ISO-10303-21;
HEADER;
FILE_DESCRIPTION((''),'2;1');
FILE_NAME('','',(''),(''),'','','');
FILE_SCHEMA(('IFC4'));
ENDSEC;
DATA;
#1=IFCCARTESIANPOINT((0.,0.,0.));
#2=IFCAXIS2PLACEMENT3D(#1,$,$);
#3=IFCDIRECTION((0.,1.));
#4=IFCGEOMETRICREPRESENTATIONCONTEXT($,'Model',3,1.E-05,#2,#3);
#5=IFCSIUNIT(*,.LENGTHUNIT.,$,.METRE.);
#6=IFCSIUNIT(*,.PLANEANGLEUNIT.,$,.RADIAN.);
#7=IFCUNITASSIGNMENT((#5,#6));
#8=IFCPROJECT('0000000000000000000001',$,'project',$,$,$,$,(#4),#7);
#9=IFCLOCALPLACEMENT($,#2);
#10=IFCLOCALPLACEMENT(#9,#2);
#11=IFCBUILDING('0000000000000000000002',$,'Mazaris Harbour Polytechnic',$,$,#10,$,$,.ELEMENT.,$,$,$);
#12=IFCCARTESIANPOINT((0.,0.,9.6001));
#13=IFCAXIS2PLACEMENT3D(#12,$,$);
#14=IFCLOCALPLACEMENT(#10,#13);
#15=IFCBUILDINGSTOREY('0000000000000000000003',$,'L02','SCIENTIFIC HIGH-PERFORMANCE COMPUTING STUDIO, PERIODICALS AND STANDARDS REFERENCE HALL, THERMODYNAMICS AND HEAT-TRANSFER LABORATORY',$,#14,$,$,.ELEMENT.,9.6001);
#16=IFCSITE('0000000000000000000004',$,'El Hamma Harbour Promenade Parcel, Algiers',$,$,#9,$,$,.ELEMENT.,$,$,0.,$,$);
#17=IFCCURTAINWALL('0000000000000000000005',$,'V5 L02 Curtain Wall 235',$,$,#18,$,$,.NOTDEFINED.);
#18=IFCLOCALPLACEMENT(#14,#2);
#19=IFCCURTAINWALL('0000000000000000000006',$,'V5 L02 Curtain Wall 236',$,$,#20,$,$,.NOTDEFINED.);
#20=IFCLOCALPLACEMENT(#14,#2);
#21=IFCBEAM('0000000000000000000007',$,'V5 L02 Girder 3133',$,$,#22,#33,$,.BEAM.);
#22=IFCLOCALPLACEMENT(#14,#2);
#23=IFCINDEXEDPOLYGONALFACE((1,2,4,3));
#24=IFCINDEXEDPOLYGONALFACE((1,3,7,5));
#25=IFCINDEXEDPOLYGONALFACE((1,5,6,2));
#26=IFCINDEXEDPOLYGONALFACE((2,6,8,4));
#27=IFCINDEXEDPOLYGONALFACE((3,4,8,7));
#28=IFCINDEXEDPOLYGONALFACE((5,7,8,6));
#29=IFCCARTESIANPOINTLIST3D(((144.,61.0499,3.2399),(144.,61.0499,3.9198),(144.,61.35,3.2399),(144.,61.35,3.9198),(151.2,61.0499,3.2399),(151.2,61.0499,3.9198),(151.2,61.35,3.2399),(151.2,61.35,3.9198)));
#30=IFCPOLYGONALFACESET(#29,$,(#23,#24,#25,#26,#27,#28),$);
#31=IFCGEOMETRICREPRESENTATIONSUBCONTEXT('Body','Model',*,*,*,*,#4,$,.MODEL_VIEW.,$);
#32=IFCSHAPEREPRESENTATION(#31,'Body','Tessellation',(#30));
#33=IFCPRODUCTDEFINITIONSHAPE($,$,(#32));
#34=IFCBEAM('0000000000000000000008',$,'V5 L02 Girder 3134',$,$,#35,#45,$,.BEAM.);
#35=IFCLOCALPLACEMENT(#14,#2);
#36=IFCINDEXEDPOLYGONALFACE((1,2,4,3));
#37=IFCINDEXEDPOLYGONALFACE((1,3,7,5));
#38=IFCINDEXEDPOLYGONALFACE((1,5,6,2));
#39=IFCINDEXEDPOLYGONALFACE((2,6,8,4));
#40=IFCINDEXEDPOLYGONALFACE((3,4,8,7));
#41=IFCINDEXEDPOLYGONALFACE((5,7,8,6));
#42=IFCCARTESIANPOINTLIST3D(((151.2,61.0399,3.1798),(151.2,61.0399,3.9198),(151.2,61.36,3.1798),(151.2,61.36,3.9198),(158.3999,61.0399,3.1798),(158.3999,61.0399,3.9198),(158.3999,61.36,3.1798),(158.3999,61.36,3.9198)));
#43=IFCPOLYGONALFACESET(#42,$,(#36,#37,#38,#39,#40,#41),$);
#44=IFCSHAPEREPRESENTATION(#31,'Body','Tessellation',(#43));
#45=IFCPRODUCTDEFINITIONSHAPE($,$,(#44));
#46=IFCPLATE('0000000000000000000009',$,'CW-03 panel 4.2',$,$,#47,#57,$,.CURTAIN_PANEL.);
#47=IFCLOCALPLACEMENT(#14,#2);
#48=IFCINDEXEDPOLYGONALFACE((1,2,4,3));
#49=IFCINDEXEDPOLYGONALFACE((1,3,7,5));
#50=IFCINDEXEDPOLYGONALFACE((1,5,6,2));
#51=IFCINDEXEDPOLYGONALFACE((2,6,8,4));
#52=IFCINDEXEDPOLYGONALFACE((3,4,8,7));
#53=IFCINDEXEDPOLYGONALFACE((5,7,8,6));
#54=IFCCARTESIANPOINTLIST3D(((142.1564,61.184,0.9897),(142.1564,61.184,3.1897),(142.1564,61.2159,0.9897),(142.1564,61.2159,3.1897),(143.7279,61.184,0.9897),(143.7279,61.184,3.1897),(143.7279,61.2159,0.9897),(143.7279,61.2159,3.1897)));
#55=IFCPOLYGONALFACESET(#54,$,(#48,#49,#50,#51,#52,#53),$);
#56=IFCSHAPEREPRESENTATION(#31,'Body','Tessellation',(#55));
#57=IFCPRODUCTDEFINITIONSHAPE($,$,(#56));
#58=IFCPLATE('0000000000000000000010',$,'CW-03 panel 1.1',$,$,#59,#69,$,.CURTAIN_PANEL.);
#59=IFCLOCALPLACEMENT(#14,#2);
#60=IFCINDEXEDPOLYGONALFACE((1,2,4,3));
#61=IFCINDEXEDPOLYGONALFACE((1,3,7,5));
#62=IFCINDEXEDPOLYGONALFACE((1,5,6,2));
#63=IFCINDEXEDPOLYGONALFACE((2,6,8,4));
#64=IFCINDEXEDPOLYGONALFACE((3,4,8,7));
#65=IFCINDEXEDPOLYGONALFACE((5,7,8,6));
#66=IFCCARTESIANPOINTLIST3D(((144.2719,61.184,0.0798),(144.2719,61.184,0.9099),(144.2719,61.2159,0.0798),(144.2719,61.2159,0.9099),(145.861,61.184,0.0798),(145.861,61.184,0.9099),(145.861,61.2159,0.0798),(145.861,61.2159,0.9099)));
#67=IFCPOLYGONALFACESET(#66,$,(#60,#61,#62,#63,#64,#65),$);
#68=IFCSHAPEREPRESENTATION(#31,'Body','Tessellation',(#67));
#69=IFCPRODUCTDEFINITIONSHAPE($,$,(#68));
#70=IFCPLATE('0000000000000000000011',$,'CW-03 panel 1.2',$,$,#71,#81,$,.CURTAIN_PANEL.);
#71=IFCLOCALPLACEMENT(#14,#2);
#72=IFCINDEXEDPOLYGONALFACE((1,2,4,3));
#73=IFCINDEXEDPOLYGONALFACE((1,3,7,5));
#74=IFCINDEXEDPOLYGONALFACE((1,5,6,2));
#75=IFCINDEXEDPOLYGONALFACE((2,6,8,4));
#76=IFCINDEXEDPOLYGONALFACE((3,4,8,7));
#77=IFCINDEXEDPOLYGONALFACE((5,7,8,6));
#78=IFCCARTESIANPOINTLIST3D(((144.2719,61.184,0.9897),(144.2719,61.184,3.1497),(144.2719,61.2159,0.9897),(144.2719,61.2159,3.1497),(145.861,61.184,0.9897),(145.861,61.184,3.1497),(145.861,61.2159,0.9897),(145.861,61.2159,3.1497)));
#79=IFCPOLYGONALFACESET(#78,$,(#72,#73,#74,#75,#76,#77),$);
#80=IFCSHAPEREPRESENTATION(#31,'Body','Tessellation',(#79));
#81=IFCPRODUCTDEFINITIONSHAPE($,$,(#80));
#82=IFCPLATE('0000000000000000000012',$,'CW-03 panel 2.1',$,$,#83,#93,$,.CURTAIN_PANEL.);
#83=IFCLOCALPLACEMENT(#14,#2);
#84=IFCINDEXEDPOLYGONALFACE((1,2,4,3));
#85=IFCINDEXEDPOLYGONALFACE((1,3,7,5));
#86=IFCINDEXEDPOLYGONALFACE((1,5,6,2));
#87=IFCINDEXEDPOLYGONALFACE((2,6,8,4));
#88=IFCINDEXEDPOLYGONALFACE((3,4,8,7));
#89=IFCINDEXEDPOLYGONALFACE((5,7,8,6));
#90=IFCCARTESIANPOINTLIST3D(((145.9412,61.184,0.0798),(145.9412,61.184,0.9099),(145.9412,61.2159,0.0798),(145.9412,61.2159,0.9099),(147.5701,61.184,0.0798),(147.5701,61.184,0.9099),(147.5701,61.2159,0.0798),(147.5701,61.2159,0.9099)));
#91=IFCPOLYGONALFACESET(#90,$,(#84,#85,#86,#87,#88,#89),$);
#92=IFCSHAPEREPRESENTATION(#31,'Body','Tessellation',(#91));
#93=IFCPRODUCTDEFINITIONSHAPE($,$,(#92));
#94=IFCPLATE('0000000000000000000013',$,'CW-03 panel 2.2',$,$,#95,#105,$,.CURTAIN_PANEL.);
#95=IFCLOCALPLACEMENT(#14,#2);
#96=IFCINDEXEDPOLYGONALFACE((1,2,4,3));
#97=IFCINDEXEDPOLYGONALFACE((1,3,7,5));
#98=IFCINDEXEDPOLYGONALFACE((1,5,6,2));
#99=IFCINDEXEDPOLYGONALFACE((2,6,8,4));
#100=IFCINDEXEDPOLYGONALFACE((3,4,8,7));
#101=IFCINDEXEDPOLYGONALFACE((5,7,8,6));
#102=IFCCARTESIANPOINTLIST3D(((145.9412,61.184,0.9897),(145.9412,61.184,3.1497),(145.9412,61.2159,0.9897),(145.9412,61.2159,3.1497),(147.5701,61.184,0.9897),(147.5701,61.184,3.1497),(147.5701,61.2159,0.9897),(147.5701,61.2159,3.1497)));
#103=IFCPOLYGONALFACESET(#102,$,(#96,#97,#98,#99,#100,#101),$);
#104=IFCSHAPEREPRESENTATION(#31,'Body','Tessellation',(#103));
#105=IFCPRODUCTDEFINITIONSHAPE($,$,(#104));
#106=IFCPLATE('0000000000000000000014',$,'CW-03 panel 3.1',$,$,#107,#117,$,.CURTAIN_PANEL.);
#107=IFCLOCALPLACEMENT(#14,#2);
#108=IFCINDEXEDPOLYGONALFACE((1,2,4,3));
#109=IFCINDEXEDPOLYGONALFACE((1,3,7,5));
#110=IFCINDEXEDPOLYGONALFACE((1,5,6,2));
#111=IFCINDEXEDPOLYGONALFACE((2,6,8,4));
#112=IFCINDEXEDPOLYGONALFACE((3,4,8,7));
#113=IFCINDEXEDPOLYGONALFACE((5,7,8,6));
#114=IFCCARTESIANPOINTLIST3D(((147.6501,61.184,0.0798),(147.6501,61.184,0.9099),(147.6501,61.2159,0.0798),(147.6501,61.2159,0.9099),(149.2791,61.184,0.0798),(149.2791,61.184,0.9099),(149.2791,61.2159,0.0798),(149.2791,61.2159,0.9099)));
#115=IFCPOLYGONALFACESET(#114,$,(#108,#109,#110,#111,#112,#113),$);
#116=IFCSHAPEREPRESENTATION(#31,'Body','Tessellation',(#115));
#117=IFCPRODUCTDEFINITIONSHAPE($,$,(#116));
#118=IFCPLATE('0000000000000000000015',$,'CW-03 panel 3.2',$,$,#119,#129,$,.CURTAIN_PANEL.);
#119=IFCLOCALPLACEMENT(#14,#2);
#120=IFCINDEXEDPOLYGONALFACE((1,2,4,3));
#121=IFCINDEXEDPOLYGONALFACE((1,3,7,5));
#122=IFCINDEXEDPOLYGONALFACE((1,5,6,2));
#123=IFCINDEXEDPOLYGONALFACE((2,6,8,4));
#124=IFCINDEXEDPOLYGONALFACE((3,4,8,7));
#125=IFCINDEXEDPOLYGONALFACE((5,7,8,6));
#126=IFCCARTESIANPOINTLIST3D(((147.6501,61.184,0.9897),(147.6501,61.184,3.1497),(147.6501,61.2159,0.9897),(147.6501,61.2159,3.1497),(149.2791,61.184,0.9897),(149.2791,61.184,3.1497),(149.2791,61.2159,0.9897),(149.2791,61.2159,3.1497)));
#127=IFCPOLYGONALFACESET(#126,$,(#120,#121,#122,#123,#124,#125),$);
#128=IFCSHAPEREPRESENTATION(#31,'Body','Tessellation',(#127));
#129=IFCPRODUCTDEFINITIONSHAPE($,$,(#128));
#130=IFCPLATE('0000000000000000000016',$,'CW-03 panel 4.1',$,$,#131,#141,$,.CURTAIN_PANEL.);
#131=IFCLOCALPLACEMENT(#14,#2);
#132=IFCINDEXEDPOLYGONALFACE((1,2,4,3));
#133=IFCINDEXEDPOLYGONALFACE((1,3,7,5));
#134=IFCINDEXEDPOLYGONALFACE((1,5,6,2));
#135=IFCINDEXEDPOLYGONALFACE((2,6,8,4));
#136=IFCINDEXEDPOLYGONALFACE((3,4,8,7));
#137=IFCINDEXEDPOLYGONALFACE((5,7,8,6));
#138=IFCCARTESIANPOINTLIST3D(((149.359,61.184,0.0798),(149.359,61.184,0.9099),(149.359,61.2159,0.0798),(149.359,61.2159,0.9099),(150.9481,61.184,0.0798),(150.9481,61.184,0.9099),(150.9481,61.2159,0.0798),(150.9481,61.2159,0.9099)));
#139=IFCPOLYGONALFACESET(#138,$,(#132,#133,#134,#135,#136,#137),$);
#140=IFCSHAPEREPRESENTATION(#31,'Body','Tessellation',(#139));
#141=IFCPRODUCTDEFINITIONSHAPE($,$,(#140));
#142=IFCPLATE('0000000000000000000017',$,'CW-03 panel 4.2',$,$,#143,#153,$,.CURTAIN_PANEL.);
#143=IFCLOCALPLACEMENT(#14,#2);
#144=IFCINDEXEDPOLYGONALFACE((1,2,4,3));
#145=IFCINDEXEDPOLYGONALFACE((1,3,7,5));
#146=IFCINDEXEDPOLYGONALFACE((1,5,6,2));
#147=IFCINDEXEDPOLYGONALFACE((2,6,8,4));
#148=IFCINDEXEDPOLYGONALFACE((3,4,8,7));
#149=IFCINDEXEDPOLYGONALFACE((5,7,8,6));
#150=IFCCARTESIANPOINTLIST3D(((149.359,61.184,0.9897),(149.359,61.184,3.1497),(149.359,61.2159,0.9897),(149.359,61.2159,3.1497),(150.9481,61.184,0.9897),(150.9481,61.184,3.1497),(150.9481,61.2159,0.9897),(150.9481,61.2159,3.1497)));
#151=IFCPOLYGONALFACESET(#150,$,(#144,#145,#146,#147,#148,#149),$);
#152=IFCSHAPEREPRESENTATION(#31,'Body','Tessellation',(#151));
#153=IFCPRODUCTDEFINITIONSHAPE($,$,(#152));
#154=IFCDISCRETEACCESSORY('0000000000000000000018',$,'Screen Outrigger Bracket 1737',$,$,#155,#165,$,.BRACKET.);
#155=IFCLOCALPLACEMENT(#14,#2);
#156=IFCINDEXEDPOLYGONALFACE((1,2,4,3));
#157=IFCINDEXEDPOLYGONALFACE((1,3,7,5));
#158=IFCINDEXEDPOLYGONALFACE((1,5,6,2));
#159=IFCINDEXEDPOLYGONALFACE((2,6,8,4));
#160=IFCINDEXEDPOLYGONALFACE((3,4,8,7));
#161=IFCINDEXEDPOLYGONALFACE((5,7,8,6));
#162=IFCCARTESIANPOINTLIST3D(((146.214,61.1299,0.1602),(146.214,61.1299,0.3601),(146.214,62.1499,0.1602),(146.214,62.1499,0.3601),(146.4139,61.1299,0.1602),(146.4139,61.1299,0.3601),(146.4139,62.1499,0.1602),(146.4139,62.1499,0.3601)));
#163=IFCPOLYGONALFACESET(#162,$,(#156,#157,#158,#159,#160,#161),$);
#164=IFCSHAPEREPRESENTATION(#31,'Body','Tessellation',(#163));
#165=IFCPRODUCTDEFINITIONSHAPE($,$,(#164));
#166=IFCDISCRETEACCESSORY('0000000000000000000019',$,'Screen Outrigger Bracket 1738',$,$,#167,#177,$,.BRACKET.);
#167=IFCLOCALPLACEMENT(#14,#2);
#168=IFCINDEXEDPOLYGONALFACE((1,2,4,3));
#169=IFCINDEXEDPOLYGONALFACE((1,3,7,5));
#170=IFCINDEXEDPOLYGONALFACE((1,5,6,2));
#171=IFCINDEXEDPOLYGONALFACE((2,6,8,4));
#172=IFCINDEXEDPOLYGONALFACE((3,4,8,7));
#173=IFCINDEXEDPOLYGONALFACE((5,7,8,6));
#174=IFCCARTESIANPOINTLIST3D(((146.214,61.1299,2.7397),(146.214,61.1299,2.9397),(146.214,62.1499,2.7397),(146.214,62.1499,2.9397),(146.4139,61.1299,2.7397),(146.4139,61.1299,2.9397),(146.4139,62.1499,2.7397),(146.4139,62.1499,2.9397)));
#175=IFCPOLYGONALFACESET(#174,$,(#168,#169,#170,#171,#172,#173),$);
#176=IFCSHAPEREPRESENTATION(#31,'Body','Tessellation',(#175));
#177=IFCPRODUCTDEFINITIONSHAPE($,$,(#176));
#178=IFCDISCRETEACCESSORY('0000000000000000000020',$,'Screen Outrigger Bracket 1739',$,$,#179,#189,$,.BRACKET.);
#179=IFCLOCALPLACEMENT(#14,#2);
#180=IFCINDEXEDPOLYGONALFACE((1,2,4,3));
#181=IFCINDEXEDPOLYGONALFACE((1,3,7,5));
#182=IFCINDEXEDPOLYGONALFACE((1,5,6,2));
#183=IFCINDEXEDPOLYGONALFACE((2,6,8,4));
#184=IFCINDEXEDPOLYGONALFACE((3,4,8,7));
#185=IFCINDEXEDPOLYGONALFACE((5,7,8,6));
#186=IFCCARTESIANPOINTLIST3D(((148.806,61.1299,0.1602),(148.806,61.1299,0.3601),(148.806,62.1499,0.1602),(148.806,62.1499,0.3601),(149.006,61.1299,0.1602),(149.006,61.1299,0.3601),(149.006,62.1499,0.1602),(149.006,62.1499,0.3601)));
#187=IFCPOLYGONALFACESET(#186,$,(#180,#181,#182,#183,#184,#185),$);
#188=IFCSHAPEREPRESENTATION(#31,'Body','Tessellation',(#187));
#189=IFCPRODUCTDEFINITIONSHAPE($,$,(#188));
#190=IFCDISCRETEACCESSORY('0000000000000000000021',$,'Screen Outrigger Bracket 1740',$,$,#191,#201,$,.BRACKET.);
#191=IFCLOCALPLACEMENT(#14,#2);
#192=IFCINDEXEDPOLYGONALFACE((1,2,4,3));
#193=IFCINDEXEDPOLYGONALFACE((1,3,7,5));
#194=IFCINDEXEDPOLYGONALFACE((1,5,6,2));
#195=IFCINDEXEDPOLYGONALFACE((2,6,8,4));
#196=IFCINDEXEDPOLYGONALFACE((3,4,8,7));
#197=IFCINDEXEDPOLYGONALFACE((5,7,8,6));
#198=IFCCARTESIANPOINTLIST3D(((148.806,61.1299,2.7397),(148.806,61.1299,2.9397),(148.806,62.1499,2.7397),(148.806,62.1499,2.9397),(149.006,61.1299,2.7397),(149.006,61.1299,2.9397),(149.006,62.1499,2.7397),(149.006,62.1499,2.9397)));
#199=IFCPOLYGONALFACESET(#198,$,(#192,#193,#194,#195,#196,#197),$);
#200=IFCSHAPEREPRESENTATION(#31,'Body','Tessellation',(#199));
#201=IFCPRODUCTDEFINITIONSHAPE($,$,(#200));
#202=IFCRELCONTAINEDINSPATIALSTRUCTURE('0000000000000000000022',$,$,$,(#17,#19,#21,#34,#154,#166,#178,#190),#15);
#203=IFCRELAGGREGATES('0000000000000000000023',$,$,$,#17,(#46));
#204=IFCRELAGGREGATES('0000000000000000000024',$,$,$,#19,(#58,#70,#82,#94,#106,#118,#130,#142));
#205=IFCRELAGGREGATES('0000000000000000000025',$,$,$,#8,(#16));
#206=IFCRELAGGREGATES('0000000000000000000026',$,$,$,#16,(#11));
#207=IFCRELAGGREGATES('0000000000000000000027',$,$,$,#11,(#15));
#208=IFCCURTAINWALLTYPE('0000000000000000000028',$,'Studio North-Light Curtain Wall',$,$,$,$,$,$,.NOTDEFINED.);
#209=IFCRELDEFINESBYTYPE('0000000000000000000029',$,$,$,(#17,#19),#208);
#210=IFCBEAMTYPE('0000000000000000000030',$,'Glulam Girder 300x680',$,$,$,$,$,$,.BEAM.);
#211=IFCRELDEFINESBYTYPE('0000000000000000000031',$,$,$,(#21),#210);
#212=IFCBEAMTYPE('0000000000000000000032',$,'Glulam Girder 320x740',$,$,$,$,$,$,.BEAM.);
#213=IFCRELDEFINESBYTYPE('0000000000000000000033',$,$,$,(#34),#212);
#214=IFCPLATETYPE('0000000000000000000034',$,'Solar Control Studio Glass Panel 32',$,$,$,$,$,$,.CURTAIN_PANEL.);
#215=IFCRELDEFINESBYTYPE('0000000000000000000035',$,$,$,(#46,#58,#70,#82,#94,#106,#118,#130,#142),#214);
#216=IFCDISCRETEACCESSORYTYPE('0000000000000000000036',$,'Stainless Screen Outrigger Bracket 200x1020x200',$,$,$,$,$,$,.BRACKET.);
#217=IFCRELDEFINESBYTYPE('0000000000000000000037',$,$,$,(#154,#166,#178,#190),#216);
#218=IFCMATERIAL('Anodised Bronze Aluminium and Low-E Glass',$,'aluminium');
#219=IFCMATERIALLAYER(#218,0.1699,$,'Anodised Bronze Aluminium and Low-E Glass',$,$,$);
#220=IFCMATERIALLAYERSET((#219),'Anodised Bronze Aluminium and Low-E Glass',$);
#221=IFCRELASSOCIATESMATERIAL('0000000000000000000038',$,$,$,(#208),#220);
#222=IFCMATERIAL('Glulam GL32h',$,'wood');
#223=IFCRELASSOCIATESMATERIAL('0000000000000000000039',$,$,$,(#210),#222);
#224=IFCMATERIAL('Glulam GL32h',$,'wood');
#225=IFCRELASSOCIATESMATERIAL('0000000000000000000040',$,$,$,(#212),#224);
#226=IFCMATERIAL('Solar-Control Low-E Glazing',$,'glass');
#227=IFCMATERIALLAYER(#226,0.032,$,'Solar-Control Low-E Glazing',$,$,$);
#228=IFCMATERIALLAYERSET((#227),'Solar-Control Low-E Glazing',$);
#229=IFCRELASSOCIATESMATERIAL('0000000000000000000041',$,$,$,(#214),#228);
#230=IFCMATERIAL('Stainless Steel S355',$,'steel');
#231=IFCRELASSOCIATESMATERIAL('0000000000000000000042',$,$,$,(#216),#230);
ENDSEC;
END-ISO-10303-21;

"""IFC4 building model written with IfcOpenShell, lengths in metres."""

from ifc_helpers import new_model, si_unit, direction, frame, origin, origin_2d, place, context, subcontext, project, spatial, rectangle, extrude, material, layer, layer_set, material_profile, profile_set, type_object, element, aggregate, save


model = new_model("IFC4")

# Units and contexts
model_context = context("Model", 3, precision=1e-05, world=origin(), true_north=direction((0.0, 1.0)))
body_context = subcontext(model_context, "Body", "Model", "MODEL_VIEW")
ifc_project = project(units=[si_unit("LENGTHUNIT", "METRE"), si_unit("PLANEANGLEUNIT", "RADIAN")], contexts=[model_context])

# Site, building, storey
site_placement = place(None, origin())
site = spatial("IfcSite", under=ifc_project, at=site_placement, Name="El Hamma Harbour Promenade Parcel, Algiers", CompositionType="ELEMENT", RefElevation=0.0)
building_placement = place(site_placement, origin())
building = spatial("IfcBuilding", under=site, at=building_placement, Name="Mazaris Harbour Polytechnic", CompositionType="ELEMENT")
storey_placement = place(building_placement, frame((0.0, 0.0, 9.6001)))
storey = spatial("IfcBuildingStorey", under=building, at=storey_placement, Name="L02", Description="SCIENTIFIC HIGH-PERFORMANCE COMPUTING STUDIO, PERIODICALS AND STANDARDS REFERENCE HALL, THERMODYNAMICS AND HEAT-TRANSFER LABORATORY", CompositionType="ELEMENT", Elevation=9.6001)

# Curtain wall
ifc_material_1 = material(Name="Anodised Bronze Aluminium and Low-E Glass", Category="aluminium")
ifc_layer_1 = layer(ifc_material_1, 0.1699, Name="Anodised Bronze Aluminium and Low-E Glass")
ifc_layer_set_1 = layer_set([ifc_layer_1], Name="Anodised Bronze Aluminium and Low-E Glass")
curtain_wall_type = type_object("IfcCurtainWallType", Name="Studio North-Light Curtain Wall", PredefinedType="NOTDEFINED", material=ifc_layer_set_1)
curtain_wall_1_placement = place(storey_placement, origin())
curtain_wall_1 = element("IfcCurtainWall", 1, at=curtain_wall_1_placement, inside=storey, type_object=curtain_wall_type, Name="V5 L02 Curtain Wall 235", PredefinedType="NOTDEFINED")

# Curtain wall
curtain_wall_2_placement = place(storey_placement, origin())
curtain_wall_2 = element("IfcCurtainWall", 2, at=curtain_wall_2_placement, inside=storey, type_object=curtain_wall_type, Name="V5 L02 Curtain Wall 236", PredefinedType="NOTDEFINED")

# Beams
ifc_material_2 = material(Name="Glulam GL32h", Category="wood")
ifc_material_profile_1 = material_profile(ifc_material_2, rectangle(XDim=0.3, YDim=0.6799, at=origin_2d()), Name="RECT300x680")
ifc_profile_set_1 = profile_set([ifc_material_profile_1], Name="Glulam GL32h")
beam_type_1 = type_object("IfcBeamType", Name="Glulam Girder 300x680", PredefinedType="BEAM", material=ifc_profile_set_1)
beam_1_placement = place(storey_placement, frame((144.0, 61.2, 3.5798), z_axis=(1.0, 0.0, 0.0), x_axis=(0.0, 1.0, 0.0)))
element("IfcBeam", 3, at=beam_1_placement, inside=storey, type_object=beam_type_1, Name="V5 L02 Girder 3133", PredefinedType="BEAM", context=body_context, shape_type="SweptSolid", body=[
    extrude(rectangle(XDim=0.3, YDim=0.6799, at=origin_2d()), origin(), (0.0, 0.0, 1.0), 7.2),
])
ifc_material_3 = material(Name="Glulam GL32h", Category="wood")
ifc_material_profile_2 = material_profile(ifc_material_3, rectangle(XDim=0.3201, YDim=0.74, at=origin_2d()), Name="RECT320x740")
ifc_profile_set_2 = profile_set([ifc_material_profile_2], Name="Glulam GL32h")
beam_type_2 = type_object("IfcBeamType", Name="Glulam Girder 320x740", PredefinedType="BEAM", material=ifc_profile_set_2)
beam_2_placement = place(storey_placement, frame((151.2, 61.2, 3.5498), z_axis=(1.0, 0.0, 0.0), x_axis=(0.0, 1.0, 0.0)))
element("IfcBeam", 4, at=beam_2_placement, inside=storey, type_object=beam_type_2, Name="V5 L02 Girder 3134", PredefinedType="BEAM", context=body_context, shape_type="SweptSolid", body=[
    extrude(rectangle(XDim=0.3201, YDim=0.74, at=origin_2d()), origin(), (0.0, 0.0, 1.0), 7.2),
])

# Plates
ifc_material_4 = material(Name="Solar-Control Low-E Glazing", Category="glass")
ifc_layer_2 = layer(ifc_material_4, 0.032, Name="Solar-Control Low-E Glazing")
ifc_layer_set_2 = layer_set([ifc_layer_2], Name="Solar-Control Low-E Glazing")
plate_type = type_object("IfcPlateType", Name="Solar Control Studio Glass Panel 32", PredefinedType="CURTAIN_PANEL", material=ifc_layer_set_2)
plate_1_placement = place(storey_placement, frame((142.9421, 61.2, 0.9897), z_axis=(0.0, 0.0, 1.0), x_axis=(1.0, 0.0, 0.0)))
plate_1 = element("IfcPlate", 5, at=plate_1_placement, type_object=plate_type, Name="CW-03 panel 4.2", PredefinedType="CURTAIN_PANEL", context=body_context, shape_type="SweptSolid", body=[
    extrude(rectangle(XDim=1.5715, YDim=0.032, at=origin_2d()), origin(), (0.0, 0.0, 1.0), 2.2),
])
aggregate(curtain_wall_1, [plate_1])
plate_2_placement = place(storey_placement, frame((145.0664, 61.2, 0.0798), z_axis=(0.0, 0.0, 1.0), x_axis=(1.0, 0.0, 0.0)))
plate_2 = element("IfcPlate", 6, at=plate_2_placement, type_object=plate_type, Name="CW-03 panel 1.1", PredefinedType="CURTAIN_PANEL", context=body_context, shape_type="SweptSolid", body=[
    extrude(rectangle(XDim=1.5891, YDim=0.032, at=origin_2d()), origin(), (0.0, 0.0, 1.0), 0.8301),
])
plate_3_placement = place(storey_placement, frame((145.0664, 61.2, 0.9897), z_axis=(0.0, 0.0, 1.0), x_axis=(1.0, 0.0, 0.0)))
plate_3 = element("IfcPlate", 7, at=plate_3_placement, type_object=plate_type, Name="CW-03 panel 1.2", PredefinedType="CURTAIN_PANEL", context=body_context, shape_type="SweptSolid", body=[
    extrude(rectangle(XDim=1.5891, YDim=0.032, at=origin_2d()), origin(), (0.0, 0.0, 1.0), 2.1599),
])
plate_4_placement = place(storey_placement, frame((146.7556, 61.2, 0.0798), z_axis=(0.0, 0.0, 1.0), x_axis=(1.0, 0.0, 0.0)))
plate_4 = element("IfcPlate", 8, at=plate_4_placement, type_object=plate_type, Name="CW-03 panel 2.1", PredefinedType="CURTAIN_PANEL", context=body_context, shape_type="SweptSolid", body=[
    extrude(rectangle(XDim=1.6289, YDim=0.032, at=origin_2d()), origin(), (0.0, 0.0, 1.0), 0.8301),
])
plate_5_placement = place(storey_placement, frame((146.7556, 61.2, 0.9897), z_axis=(0.0, 0.0, 1.0), x_axis=(1.0, 0.0, 0.0)))
plate_5 = element("IfcPlate", 9, at=plate_5_placement, type_object=plate_type, Name="CW-03 panel 2.2", PredefinedType="CURTAIN_PANEL", context=body_context, shape_type="SweptSolid", body=[
    extrude(rectangle(XDim=1.6289, YDim=0.032, at=origin_2d()), origin(), (0.0, 0.0, 1.0), 2.1599),
])
plate_6_placement = place(storey_placement, frame((148.4646, 61.2, 0.0798), z_axis=(0.0, 0.0, 1.0), x_axis=(1.0, 0.0, 0.0)))
plate_6 = element("IfcPlate", 10, at=plate_6_placement, type_object=plate_type, Name="CW-03 panel 3.1", PredefinedType="CURTAIN_PANEL", context=body_context, shape_type="SweptSolid", body=[
    extrude(rectangle(XDim=1.6289, YDim=0.032, at=origin_2d()), origin(), (0.0, 0.0, 1.0), 0.8301),
])
plate_7_placement = place(storey_placement, frame((148.4646, 61.2, 0.9897), z_axis=(0.0, 0.0, 1.0), x_axis=(1.0, 0.0, 0.0)))
plate_7 = element("IfcPlate", 11, at=plate_7_placement, type_object=plate_type, Name="CW-03 panel 3.2", PredefinedType="CURTAIN_PANEL", context=body_context, shape_type="SweptSolid", body=[
    extrude(rectangle(XDim=1.6289, YDim=0.032, at=origin_2d()), origin(), (0.0, 0.0, 1.0), 2.1599),
])
plate_8_placement = place(storey_placement, frame((150.1536, 61.2, 0.0798), z_axis=(0.0, 0.0, 1.0), x_axis=(1.0, 0.0, 0.0)))
plate_8 = element("IfcPlate", 12, at=plate_8_placement, type_object=plate_type, Name="CW-03 panel 4.1", PredefinedType="CURTAIN_PANEL", context=body_context, shape_type="SweptSolid", body=[
    extrude(rectangle(XDim=1.5891, YDim=0.032, at=origin_2d()), origin(), (0.0, 0.0, 1.0), 0.8301),
])
plate_9_placement = place(storey_placement, frame((150.1536, 61.2, 0.9897), z_axis=(0.0, 0.0, 1.0), x_axis=(1.0, 0.0, 0.0)))
plate_9 = element("IfcPlate", 13, at=plate_9_placement, type_object=plate_type, Name="CW-03 panel 4.2", PredefinedType="CURTAIN_PANEL", context=body_context, shape_type="SweptSolid", body=[
    extrude(rectangle(XDim=1.5891, YDim=0.032, at=origin_2d()), origin(), (0.0, 0.0, 1.0), 2.1599),
])
aggregate(curtain_wall_2, [plate_2, plate_3, plate_4, plate_5, plate_6, plate_7, plate_8, plate_9])

# Discrete accessories
ifc_material_5 = material(Name="Stainless Steel S355", Category="steel")
discrete_accessory_type = type_object("IfcDiscreteAccessoryType", Name="Stainless Screen Outrigger Bracket 200x1020x200", PredefinedType="BRACKET", material=ifc_material_5)
for number, where, z_axis, x_axis, name in (
    (14, (146.314, 61.6399, 0.1602), (0.0, 0.0, 1.0), (1.0, 0.0, 0.0), "Screen Outrigger Bracket 1737"),
    (15, (146.314, 61.6399, 2.7397), (0.0, 0.0, 1.0), (1.0, 0.0, 0.0), "Screen Outrigger Bracket 1738"),
    (16, (148.906, 61.6399, 0.1602), (0.0, 0.0, 1.0), (1.0, 0.0, 0.0), "Screen Outrigger Bracket 1739"),
    (17, (148.906, 61.6399, 2.7397), (0.0, 0.0, 1.0), (1.0, 0.0, 0.0), "Screen Outrigger Bracket 1740"),
):
    element("IfcDiscreteAccessory", number, at=place(storey_placement, frame(where, z_axis=z_axis, x_axis=x_axis)), inside=storey, type_object=discrete_accessory_type, Name=name, PredefinedType="BRACKET", context=body_context, shape_type="SweptSolid", body=[
        extrude(rectangle(XDim=0.2, YDim=1.02, at=origin_2d()), origin(), (0.0, 0.0, 1.0), 0.2),
    ])

save(model, "model.ifc")
